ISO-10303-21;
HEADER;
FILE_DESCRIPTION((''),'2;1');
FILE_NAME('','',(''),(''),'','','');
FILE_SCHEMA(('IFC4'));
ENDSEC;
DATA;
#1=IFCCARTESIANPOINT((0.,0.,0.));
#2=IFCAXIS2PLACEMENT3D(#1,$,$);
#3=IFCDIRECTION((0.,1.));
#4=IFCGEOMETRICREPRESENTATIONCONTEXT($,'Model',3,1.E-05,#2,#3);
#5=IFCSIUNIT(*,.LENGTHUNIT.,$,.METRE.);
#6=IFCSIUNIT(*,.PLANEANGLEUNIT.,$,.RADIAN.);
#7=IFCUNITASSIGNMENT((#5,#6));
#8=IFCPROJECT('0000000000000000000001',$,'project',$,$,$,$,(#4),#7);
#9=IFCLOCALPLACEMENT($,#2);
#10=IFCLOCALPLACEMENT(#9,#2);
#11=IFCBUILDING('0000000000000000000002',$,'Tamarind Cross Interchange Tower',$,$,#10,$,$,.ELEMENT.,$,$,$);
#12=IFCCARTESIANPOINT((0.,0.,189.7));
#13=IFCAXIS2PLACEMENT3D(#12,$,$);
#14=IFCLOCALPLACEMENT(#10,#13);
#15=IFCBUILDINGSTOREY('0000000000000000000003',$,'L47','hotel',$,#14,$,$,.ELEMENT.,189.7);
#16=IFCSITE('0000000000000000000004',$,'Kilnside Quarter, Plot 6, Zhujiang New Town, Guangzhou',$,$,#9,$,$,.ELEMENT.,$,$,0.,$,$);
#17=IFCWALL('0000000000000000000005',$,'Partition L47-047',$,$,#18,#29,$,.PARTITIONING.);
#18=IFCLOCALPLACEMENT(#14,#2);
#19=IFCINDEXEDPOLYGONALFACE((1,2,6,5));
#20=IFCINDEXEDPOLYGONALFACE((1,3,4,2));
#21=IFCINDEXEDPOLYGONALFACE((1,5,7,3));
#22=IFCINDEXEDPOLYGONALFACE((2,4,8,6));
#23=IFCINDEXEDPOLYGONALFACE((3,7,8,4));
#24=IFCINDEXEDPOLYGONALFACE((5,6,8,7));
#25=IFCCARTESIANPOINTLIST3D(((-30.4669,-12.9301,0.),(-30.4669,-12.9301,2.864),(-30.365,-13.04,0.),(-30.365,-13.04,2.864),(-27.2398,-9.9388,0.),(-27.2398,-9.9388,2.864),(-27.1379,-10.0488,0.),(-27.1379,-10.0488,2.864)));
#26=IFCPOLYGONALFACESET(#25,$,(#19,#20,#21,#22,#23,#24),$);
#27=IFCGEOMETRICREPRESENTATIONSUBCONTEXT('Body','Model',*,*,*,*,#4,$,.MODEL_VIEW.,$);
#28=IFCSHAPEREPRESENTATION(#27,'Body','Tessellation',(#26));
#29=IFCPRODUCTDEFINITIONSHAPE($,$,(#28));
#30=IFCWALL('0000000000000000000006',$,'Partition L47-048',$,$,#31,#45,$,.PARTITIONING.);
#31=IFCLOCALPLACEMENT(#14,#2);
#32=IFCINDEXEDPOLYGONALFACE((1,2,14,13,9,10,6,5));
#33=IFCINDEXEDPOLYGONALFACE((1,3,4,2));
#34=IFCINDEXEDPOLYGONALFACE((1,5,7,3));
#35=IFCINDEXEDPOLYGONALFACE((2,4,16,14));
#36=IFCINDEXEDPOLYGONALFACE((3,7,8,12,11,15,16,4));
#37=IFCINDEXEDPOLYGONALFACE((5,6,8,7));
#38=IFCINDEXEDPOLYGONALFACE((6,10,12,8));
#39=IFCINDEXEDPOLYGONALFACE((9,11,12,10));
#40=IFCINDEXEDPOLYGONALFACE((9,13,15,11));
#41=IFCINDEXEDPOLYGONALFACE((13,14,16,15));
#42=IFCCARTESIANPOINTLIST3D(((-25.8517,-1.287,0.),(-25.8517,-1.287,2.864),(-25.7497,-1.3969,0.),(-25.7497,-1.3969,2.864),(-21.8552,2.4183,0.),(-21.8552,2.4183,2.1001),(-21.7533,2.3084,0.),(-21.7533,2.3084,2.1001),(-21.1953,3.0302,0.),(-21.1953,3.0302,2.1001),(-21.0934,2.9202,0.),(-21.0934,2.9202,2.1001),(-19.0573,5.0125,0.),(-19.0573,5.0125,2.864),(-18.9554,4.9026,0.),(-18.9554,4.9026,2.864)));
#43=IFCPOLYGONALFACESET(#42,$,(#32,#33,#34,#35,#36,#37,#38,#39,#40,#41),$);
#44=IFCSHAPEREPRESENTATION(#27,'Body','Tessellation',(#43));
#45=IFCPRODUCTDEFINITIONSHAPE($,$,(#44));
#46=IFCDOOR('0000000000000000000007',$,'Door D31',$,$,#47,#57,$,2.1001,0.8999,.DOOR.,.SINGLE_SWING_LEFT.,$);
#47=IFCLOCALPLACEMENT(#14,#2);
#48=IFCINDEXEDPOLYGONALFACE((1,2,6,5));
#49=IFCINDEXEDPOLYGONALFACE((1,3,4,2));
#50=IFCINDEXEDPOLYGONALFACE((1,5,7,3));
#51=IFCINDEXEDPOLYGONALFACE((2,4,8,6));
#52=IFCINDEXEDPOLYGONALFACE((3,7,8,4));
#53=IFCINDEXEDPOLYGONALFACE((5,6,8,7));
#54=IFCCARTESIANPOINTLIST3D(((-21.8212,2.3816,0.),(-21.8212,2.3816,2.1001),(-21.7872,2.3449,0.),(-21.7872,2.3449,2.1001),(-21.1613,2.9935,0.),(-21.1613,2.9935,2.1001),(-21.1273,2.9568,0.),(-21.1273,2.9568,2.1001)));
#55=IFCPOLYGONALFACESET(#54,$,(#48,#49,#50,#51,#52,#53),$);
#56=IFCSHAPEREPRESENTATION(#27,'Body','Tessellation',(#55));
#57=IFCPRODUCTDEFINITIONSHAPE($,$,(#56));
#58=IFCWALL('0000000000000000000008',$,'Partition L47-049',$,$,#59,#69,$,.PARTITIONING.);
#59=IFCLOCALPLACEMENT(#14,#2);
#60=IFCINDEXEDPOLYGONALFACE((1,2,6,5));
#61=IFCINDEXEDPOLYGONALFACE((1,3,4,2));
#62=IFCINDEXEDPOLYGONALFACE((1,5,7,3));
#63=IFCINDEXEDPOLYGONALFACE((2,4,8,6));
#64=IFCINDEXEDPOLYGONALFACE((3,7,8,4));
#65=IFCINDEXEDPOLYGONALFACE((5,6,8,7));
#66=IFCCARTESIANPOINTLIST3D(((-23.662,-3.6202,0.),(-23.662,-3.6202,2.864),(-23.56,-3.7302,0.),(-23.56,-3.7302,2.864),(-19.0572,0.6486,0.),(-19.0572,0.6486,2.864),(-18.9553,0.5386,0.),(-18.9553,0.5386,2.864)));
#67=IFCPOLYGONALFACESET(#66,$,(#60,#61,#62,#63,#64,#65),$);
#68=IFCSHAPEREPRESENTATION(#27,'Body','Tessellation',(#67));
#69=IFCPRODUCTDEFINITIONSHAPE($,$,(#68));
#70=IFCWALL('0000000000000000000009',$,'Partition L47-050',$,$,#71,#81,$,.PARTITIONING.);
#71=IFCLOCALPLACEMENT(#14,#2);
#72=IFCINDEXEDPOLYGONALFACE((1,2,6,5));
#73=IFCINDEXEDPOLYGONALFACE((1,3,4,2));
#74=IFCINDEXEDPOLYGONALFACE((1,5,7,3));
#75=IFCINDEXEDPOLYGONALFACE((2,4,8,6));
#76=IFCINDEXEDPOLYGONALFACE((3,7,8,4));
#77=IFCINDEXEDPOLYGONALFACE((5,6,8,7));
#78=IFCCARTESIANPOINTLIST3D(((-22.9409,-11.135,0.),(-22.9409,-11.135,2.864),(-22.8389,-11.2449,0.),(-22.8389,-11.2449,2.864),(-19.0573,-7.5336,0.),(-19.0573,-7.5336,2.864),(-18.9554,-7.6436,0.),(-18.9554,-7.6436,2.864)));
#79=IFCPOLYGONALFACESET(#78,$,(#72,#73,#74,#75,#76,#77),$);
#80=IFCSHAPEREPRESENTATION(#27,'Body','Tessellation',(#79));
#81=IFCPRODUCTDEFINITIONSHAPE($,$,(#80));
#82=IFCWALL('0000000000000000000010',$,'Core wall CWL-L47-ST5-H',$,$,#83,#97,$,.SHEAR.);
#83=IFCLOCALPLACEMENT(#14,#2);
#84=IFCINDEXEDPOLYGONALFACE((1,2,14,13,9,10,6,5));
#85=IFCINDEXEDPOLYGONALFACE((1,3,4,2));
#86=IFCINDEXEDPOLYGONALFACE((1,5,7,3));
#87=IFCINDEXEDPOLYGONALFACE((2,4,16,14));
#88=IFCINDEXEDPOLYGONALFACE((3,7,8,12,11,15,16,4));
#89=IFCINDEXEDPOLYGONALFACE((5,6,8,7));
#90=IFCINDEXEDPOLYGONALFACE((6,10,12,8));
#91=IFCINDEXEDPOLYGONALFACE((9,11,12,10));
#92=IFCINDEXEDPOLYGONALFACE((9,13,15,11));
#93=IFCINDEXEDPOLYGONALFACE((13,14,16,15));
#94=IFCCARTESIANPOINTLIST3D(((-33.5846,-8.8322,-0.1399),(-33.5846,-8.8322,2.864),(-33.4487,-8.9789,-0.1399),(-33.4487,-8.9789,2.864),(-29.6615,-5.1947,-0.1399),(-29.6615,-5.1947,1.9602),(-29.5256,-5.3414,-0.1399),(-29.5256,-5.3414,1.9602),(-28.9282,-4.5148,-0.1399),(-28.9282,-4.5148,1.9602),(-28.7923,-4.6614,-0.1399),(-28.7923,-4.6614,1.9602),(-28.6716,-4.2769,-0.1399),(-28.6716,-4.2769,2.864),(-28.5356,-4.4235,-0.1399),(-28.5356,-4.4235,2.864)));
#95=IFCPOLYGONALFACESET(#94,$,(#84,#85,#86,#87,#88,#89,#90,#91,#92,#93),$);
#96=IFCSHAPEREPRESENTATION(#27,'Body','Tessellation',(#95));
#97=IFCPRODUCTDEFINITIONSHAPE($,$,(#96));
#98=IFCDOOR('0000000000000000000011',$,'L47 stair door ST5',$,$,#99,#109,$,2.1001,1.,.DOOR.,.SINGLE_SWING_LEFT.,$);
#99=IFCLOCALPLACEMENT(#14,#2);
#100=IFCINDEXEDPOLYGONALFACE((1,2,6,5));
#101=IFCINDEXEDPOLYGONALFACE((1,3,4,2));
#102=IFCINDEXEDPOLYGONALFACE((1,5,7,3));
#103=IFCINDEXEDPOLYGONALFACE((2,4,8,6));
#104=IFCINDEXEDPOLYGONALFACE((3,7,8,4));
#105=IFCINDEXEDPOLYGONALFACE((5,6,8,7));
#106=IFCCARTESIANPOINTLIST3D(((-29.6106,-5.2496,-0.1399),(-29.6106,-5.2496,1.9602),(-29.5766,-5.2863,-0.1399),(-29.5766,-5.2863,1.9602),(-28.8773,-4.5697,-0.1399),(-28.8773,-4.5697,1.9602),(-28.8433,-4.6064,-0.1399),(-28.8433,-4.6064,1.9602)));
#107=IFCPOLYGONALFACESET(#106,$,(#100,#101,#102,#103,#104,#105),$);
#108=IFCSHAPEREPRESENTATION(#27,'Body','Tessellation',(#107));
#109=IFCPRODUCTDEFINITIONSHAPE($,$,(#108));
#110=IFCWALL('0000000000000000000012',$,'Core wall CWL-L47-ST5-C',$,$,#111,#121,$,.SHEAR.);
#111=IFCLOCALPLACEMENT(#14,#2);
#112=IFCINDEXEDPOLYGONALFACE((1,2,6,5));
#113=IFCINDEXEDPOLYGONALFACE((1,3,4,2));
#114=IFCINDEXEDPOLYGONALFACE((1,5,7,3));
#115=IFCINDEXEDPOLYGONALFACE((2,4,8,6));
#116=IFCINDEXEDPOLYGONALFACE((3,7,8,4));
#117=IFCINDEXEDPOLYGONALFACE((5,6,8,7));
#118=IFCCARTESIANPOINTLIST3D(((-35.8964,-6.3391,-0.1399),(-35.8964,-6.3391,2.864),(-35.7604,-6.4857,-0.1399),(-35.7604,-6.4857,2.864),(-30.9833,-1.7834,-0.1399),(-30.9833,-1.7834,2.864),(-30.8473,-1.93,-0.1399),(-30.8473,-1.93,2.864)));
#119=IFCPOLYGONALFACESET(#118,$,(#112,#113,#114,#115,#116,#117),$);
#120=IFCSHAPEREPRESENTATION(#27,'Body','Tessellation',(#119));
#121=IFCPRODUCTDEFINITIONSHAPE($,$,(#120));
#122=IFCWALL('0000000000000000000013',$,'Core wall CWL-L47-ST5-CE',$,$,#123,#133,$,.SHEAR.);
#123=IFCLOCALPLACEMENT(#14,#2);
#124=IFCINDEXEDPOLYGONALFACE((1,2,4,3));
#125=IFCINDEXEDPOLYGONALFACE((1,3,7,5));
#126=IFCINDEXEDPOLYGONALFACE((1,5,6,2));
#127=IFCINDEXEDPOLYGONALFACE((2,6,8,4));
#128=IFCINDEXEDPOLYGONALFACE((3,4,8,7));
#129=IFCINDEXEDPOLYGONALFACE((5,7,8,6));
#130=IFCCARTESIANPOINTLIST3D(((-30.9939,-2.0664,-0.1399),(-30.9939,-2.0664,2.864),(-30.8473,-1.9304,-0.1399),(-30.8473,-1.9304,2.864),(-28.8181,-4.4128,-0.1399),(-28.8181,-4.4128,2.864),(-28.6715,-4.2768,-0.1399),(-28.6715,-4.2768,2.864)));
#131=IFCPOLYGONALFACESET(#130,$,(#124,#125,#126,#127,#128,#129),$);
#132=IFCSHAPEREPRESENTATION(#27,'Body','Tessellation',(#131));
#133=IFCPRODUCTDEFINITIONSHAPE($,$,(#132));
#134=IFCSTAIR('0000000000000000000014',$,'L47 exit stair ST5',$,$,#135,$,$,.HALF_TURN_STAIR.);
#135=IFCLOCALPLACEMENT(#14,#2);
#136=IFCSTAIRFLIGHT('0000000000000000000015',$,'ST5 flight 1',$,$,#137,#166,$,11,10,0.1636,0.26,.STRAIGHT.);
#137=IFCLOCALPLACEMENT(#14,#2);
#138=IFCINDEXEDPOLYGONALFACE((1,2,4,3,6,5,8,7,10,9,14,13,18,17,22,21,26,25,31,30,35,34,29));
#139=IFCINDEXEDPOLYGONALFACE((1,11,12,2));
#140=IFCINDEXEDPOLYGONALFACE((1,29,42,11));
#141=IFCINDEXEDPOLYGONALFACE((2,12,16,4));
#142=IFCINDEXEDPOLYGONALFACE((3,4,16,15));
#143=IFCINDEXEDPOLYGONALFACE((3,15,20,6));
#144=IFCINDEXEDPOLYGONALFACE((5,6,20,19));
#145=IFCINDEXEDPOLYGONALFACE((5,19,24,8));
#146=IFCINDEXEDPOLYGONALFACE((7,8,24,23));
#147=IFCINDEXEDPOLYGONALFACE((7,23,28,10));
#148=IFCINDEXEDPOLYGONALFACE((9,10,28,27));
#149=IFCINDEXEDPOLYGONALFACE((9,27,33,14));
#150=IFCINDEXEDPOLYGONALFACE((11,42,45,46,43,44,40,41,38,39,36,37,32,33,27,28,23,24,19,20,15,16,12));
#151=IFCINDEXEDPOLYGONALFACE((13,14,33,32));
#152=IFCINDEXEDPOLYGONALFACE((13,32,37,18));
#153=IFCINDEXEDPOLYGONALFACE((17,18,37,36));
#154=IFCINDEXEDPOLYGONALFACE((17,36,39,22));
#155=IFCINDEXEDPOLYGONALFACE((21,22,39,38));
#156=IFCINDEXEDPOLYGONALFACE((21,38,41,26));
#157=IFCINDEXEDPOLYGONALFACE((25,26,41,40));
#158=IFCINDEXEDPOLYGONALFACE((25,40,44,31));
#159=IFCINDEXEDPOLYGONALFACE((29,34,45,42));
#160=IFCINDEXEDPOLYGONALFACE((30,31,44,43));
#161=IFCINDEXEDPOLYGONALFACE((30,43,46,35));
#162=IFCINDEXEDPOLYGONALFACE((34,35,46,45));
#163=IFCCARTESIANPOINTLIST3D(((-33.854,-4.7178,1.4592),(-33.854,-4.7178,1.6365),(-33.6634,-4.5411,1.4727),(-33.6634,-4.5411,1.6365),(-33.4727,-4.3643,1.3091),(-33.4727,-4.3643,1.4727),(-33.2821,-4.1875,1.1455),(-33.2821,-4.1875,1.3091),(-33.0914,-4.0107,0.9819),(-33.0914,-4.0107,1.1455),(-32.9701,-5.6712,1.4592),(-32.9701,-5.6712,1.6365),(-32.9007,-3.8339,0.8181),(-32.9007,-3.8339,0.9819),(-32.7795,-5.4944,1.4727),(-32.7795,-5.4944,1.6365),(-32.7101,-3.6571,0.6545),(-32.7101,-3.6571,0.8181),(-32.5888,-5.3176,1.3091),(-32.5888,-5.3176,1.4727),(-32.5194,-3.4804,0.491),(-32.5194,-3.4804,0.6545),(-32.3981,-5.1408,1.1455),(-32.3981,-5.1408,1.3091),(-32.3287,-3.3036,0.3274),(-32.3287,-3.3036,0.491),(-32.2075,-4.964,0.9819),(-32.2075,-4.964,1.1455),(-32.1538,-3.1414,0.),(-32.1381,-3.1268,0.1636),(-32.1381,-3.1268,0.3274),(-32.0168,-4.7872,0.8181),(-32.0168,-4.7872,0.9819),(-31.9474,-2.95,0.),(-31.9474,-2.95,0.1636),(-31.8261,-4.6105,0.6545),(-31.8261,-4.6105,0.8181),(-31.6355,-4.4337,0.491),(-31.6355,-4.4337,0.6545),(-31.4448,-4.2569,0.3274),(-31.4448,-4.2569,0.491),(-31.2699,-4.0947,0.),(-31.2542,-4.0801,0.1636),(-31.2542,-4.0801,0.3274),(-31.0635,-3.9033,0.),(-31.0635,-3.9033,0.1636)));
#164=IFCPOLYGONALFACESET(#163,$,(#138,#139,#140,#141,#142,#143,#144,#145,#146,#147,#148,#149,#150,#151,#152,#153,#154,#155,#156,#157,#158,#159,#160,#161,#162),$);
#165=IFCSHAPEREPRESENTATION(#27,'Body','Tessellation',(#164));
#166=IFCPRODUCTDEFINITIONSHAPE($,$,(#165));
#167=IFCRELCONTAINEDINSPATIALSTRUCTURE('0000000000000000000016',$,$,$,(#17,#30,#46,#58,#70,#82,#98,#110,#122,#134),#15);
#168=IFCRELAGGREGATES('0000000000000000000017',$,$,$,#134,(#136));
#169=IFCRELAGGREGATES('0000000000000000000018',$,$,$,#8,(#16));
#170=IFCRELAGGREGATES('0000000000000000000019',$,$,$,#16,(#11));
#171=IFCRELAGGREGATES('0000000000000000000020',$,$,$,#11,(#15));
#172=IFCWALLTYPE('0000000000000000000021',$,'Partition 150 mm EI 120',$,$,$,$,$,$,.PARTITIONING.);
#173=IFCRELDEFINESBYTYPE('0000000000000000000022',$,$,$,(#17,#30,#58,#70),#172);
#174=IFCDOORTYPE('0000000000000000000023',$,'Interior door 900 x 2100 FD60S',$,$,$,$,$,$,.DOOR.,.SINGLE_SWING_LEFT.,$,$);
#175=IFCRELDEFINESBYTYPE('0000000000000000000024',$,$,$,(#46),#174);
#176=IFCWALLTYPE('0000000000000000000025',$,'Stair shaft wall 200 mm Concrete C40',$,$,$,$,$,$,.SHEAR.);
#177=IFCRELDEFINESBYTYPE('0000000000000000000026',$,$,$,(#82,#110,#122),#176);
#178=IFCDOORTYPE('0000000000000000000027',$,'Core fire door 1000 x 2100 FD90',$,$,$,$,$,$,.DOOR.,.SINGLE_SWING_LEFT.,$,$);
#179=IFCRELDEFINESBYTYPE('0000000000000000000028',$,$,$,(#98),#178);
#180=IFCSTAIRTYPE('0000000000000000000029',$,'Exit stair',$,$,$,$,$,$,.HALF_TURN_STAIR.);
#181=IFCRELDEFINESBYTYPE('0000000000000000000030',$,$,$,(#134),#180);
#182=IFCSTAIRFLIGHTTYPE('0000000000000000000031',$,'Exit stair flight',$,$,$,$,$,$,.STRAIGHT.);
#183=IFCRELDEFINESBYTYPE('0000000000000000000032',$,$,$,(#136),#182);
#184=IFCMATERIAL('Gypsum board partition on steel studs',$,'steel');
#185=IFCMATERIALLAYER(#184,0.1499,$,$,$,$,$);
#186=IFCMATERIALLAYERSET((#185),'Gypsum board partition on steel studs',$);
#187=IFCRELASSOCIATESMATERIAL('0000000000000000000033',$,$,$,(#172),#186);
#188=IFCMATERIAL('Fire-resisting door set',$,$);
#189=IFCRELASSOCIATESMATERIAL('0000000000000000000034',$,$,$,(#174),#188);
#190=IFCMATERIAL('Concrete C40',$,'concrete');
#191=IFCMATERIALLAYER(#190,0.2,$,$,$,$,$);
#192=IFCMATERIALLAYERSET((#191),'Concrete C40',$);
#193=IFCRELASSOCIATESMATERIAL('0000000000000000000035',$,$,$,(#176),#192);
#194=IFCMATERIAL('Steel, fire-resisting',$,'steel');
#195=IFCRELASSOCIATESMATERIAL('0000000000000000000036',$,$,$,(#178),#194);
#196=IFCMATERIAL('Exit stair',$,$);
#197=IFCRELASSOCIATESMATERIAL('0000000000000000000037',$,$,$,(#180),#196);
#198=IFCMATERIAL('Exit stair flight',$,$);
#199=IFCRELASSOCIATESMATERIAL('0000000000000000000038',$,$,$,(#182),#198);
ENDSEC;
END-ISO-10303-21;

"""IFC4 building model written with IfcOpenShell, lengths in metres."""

from ifc_helpers import new_model, si_unit, direction, frame, frame_2d, origin, place, context, subcontext, project, spatial, polyline, rectangle, outline, extrude, material, layer, layer_set, type_object, element, fill, aggregate, save


model = new_model("IFC4")

# Units and contexts
model_context = context("Model", 3, precision=1e-05, world=origin(), true_north=direction((0.0, 1.0)))
body_context = subcontext(model_context, "Body", "Model", "MODEL_VIEW")
ifc_project = project(units=[si_unit("LENGTHUNIT", "METRE"), si_unit("PLANEANGLEUNIT", "RADIAN")], contexts=[model_context])

# Site, building, storey
site_placement = place(None, origin())
site = spatial("IfcSite", under=ifc_project, at=site_placement, Name="Kilnside Quarter, Plot 6, Zhujiang New Town, Guangzhou", CompositionType="ELEMENT", RefElevation=0.0)
building_placement = place(site_placement, origin())
building = spatial("IfcBuilding", under=site, at=building_placement, Name="Tamarind Cross Interchange Tower", CompositionType="ELEMENT")
storey_placement = place(building_placement, frame((0.0, 0.0, 189.7)))
storey = spatial("IfcBuildingStorey", under=building, at=storey_placement, Name="L47", Description="hotel", CompositionType="ELEMENT", Elevation=189.7)

# Shared definitions
ifc_material_1 = material(Name="Gypsum board partition on steel studs", Category="steel")
ifc_layer_1 = layer(ifc_material_1, 0.1499)
ifc_layer_set_1 = layer_set([ifc_layer_1], Name="Gypsum board partition on steel studs")
wall_type_1 = type_object("IfcWallType", Name="Partition 150 mm EI 120", PredefinedType="PARTITIONING", material=ifc_layer_set_1)

# Shared definitions
ifc_material_2 = material(Name="Fire-resisting door set")
door_type_1 = type_object("IfcDoorType", Name="Interior door 900 x 2100 FD60S", OperationType="SINGLE_SWING_LEFT", PredefinedType="DOOR", material=ifc_material_2)

# Wall
wall_1_placement = place(storey_placement, frame((-30.416, -12.9851, 0.0), z_axis=(0.0, 0.0, 1.0), x_axis=(0.733398, 0.6798, 0.0)))
element("IfcWall", 1, at=wall_1_placement, inside=storey, type_object=wall_type_1, Name="Partition L47-047", PredefinedType="PARTITIONING", context=body_context, shape_type="SweptSolid", body=[
    extrude(rectangle(XDim=4.4001, YDim=0.1499, at=frame_2d((2.2002, 0.0))), origin(), (0.0, 0.0, 1.0), 2.864),
])

# Wall, opening, door
wall_2_placement = place(storey_placement, frame((-25.8008, -1.342, 0.0), z_axis=(0.0, 0.0, 1.0), x_axis=(0.733308, 0.679897, 0.0)))
wall_2 = element("IfcWall", 2, at=wall_2_placement, inside=storey, type_object=wall_type_1, Name="Partition L47-048", PredefinedType="PARTITIONING", context=body_context, shape_type="SweptSolid", body=[
    extrude(rectangle(XDim=9.2654, YDim=0.1499, at=frame_2d((4.6328, 0.0))), origin(), (0.0, 0.0, 1.0), 2.864),
])
opening_1_placement = place(wall_2_placement, frame((5.45, 0.0, 0.0)))
opening_1 = element("IfcOpeningElement", 3, at=opening_1_placement, cuts=wall_2, PredefinedType="OPENING", context=body_context, shape_type="SweptSolid", body=[
    extrude(rectangle(XDim=0.8999, YDim=2.1001, at=frame_2d((0.45, 1.05))), frame((0.0, 0.085, 0.0), z_axis=(0.0, -1.0, 0.0), x_axis=(1.0, 0.0, 0.0)), (0.0, 0.0, 1.0), 0.1699),
])
door_1_placement = place(opening_1_placement, origin())
door_1 = element("IfcDoor", 4, at=door_1_placement, inside=storey, type_object=door_type_1, Name="Door D31", OperationType="SINGLE_SWING_LEFT", OverallHeight=2.1001, OverallWidth=0.8999, PredefinedType="DOOR", context=body_context, shape_type="SweptSolid", body=[
    extrude(rectangle(XDim=0.8999, YDim=2.1001, at=frame_2d((0.45, 1.05))), frame((0.0, 0.0249, 0.0), z_axis=(0.0, -1.0, 0.0), x_axis=(1.0, 0.0, 0.0)), (0.0, 0.0, 1.0), 0.05),
])
fill(opening_1, door_1)

# Walls
wall_3_placement = place(storey_placement, frame((-23.6111, -3.6753, 0.0), z_axis=(0.0, 0.0, 1.0), x_axis=(0.733351, 0.67985, 0.0)))
element("IfcWall", 5, at=wall_3_placement, inside=storey, type_object=wall_type_1, Name="Partition L47-049", PredefinedType="PARTITIONING", context=body_context, shape_type="SweptSolid", body=[
    extrude(rectangle(XDim=6.2791, YDim=0.1499, at=frame_2d((3.1396, 0.0))), origin(), (0.0, 0.0, 1.0), 2.864),
])
wall_4_placement = place(storey_placement, frame((-22.8899, -11.1899, 0.0), z_axis=(0.0, 0.0, 1.0), x_axis=(0.733248, 0.679961, 0.0)))
element("IfcWall", 6, at=wall_4_placement, inside=storey, type_object=wall_type_1, Name="Partition L47-050", PredefinedType="PARTITIONING", context=body_context, shape_type="SweptSolid", body=[
    extrude(rectangle(XDim=5.2964, YDim=0.1499, at=frame_2d((2.6482, 0.0))), origin(), (0.0, 0.0, 1.0), 2.864),
])

# Wall, opening, door
ifc_material_3 = material(Name="Concrete C40", Category="concrete")
ifc_layer_2 = layer(ifc_material_3, 0.2)
ifc_layer_set_2 = layer_set([ifc_layer_2], Name="Concrete C40")
wall_type_2 = type_object("IfcWallType", Name="Stair shaft wall 200 mm Concrete C40", PredefinedType="SHEAR", material=ifc_layer_set_2)
wall_5_placement = place(storey_placement, frame((-28.6035, -4.3501, -0.1399), z_axis=(0.0, 0.0, 1.0), x_axis=(-0.733294, -0.679911, 0.0)))
wall_5 = element("IfcWall", 7, at=wall_5_placement, inside=storey, type_object=wall_type_2, Name="Core wall CWL-L47-ST5-H", PredefinedType="SHEAR", context=body_context, shape_type="SweptSolid", body=[
    extrude(rectangle(XDim=6.7, YDim=0.2, at=frame_2d((3.3501, 0.0))), origin(), (0.0, 0.0, 1.0), 3.0039),
])
opening_2_placement = place(wall_5_placement, frame((0.3501, 0.0, 0.0)))
opening_2 = element("IfcOpeningElement", 8, at=opening_2_placement, cuts=wall_5, PredefinedType="OPENING", context=body_context, shape_type="SweptSolid", body=[
    extrude(rectangle(XDim=1.0, YDim=2.1001, at=frame_2d((0.5, 1.05))), frame((0.0, 0.1099, 0.0), z_axis=(0.0, -1.0, 0.0), x_axis=(1.0, 0.0, 0.0)), (0.0, 0.0, 1.0), 0.22),
])
ifc_material_4 = material(Name="Steel, fire-resisting", Category="steel")
door_type_2 = type_object("IfcDoorType", Name="Core fire door 1000 x 2100 FD90", OperationType="SINGLE_SWING_LEFT", PredefinedType="DOOR", material=ifc_material_4)
door_2_placement = place(opening_2_placement, origin())
door_2 = element("IfcDoor", 9, at=door_2_placement, inside=storey, type_object=door_type_2, Name="L47 stair door ST5", OperationType="SINGLE_SWING_LEFT", OverallHeight=2.1001, OverallWidth=1.0, PredefinedType="DOOR", context=body_context, shape_type="SweptSolid", body=[
    extrude(rectangle(XDim=1.0, YDim=2.1001, at=frame_2d((0.5, 1.05))), frame((0.0, 0.0249, 0.0), z_axis=(0.0, -1.0, 0.0), x_axis=(1.0, 0.0, 0.0)), (0.0, 0.0, 1.0), 0.05),
])
fill(opening_2, door_2)

# Walls
wall_6_placement = place(storey_placement, frame((-30.9153, -1.8567, -0.1399), z_axis=(0.0, 0.0, 1.0), x_axis=(-0.733276, -0.679931, 0.0)))
element("IfcWall", 10, at=wall_6_placement, inside=storey, type_object=wall_type_2, Name="Core wall CWL-L47-ST5-C", PredefinedType="SHEAR", context=body_context, shape_type="SweptSolid", body=[
    extrude(rectangle(XDim=6.7002, YDim=0.2, at=frame_2d((3.3501, 0.0))), origin(), (0.0, 0.0, 1.0), 3.0039),
])
wall_7_placement = place(storey_placement, frame((-30.9207, -1.9983, -0.1399), z_axis=(0.0, 0.0, 1.0), x_axis=(0.679939, -0.733269, 0.0)))
element("IfcWall", 11, at=wall_7_placement, inside=storey, type_object=wall_type_2, Name="Core wall CWL-L47-ST5-CE", PredefinedType="SHEAR", context=body_context, shape_type="SweptSolid", body=[
    extrude(rectangle(XDim=3.2, YDim=0.2, at=frame_2d((1.6001, 0.0))), origin(), (0.0, 0.0, 1.0), 3.0039),
])

# Stair, stair flight
ifc_material_5 = material(Name="Exit stair")
stair_type = type_object("IfcStairType", Name="Exit stair", PredefinedType="HALF_TURN_STAIR", material=ifc_material_5)
stair_placement = place(storey_placement, origin())
stair = element("IfcStair", 12, at=stair_placement, inside=storey, type_object=stair_type, Name="L47 exit stair ST5", PredefinedType="HALF_TURN_STAIR")
ifc_material_6 = material(Name="Exit stair flight")
stair_flight_type = type_object("IfcStairFlightType", Name="Exit stair flight", PredefinedType="STRAIGHT", material=ifc_material_6)
stair_flight_placement = place(storey_placement, frame((-31.5054, -3.4268, 0.0), z_axis=(0.0, 0.0, 1.0), x_axis=(-0.733293, -0.679912, 0.0)))
stair_flight = element("IfcStairFlight", 13, at=stair_flight_placement, type_object=stair_flight_type, Name="ST5 flight 1", NumberOfRisers=11, NumberOfTreads=10, PredefinedType="STRAIGHT", RiserHeight=0.1636, TreadLength=0.26, context=body_context, shape_type="SweptSolid", body=[
    extrude(outline(polyline([(0.0, 0.0), (0.0, 0.1636), (0.26, 0.1636), (0.26, 0.3274), (0.52, 0.3274), (0.52, 0.491), (0.78, 0.491), (0.78, 0.6545), (1.04, 0.6545), (1.04, 0.8181), (1.3, 0.8181), (1.3, 0.9819), (1.5601, 0.9819), (1.5601, 1.1455), (1.8201, 1.1455), (1.8201, 1.3091), (2.0801, 1.3091), (2.0801, 1.4727), (2.3401, 1.4727), (2.3401, 1.6365), (2.6001, 1.6365), (2.6001, 1.8), (2.6001, 1.4592), (0.2815, 0.0), (0.0, 0.0)])), frame((0.0, 0.6499, 0.0), z_axis=(0.0, -1.0, 0.0), x_axis=(1.0, 0.0, 0.0)), (0.0, 0.0, 1.0), 1.3),
])
aggregate(stair, [stair_flight])

save(model, "model.ifc")
